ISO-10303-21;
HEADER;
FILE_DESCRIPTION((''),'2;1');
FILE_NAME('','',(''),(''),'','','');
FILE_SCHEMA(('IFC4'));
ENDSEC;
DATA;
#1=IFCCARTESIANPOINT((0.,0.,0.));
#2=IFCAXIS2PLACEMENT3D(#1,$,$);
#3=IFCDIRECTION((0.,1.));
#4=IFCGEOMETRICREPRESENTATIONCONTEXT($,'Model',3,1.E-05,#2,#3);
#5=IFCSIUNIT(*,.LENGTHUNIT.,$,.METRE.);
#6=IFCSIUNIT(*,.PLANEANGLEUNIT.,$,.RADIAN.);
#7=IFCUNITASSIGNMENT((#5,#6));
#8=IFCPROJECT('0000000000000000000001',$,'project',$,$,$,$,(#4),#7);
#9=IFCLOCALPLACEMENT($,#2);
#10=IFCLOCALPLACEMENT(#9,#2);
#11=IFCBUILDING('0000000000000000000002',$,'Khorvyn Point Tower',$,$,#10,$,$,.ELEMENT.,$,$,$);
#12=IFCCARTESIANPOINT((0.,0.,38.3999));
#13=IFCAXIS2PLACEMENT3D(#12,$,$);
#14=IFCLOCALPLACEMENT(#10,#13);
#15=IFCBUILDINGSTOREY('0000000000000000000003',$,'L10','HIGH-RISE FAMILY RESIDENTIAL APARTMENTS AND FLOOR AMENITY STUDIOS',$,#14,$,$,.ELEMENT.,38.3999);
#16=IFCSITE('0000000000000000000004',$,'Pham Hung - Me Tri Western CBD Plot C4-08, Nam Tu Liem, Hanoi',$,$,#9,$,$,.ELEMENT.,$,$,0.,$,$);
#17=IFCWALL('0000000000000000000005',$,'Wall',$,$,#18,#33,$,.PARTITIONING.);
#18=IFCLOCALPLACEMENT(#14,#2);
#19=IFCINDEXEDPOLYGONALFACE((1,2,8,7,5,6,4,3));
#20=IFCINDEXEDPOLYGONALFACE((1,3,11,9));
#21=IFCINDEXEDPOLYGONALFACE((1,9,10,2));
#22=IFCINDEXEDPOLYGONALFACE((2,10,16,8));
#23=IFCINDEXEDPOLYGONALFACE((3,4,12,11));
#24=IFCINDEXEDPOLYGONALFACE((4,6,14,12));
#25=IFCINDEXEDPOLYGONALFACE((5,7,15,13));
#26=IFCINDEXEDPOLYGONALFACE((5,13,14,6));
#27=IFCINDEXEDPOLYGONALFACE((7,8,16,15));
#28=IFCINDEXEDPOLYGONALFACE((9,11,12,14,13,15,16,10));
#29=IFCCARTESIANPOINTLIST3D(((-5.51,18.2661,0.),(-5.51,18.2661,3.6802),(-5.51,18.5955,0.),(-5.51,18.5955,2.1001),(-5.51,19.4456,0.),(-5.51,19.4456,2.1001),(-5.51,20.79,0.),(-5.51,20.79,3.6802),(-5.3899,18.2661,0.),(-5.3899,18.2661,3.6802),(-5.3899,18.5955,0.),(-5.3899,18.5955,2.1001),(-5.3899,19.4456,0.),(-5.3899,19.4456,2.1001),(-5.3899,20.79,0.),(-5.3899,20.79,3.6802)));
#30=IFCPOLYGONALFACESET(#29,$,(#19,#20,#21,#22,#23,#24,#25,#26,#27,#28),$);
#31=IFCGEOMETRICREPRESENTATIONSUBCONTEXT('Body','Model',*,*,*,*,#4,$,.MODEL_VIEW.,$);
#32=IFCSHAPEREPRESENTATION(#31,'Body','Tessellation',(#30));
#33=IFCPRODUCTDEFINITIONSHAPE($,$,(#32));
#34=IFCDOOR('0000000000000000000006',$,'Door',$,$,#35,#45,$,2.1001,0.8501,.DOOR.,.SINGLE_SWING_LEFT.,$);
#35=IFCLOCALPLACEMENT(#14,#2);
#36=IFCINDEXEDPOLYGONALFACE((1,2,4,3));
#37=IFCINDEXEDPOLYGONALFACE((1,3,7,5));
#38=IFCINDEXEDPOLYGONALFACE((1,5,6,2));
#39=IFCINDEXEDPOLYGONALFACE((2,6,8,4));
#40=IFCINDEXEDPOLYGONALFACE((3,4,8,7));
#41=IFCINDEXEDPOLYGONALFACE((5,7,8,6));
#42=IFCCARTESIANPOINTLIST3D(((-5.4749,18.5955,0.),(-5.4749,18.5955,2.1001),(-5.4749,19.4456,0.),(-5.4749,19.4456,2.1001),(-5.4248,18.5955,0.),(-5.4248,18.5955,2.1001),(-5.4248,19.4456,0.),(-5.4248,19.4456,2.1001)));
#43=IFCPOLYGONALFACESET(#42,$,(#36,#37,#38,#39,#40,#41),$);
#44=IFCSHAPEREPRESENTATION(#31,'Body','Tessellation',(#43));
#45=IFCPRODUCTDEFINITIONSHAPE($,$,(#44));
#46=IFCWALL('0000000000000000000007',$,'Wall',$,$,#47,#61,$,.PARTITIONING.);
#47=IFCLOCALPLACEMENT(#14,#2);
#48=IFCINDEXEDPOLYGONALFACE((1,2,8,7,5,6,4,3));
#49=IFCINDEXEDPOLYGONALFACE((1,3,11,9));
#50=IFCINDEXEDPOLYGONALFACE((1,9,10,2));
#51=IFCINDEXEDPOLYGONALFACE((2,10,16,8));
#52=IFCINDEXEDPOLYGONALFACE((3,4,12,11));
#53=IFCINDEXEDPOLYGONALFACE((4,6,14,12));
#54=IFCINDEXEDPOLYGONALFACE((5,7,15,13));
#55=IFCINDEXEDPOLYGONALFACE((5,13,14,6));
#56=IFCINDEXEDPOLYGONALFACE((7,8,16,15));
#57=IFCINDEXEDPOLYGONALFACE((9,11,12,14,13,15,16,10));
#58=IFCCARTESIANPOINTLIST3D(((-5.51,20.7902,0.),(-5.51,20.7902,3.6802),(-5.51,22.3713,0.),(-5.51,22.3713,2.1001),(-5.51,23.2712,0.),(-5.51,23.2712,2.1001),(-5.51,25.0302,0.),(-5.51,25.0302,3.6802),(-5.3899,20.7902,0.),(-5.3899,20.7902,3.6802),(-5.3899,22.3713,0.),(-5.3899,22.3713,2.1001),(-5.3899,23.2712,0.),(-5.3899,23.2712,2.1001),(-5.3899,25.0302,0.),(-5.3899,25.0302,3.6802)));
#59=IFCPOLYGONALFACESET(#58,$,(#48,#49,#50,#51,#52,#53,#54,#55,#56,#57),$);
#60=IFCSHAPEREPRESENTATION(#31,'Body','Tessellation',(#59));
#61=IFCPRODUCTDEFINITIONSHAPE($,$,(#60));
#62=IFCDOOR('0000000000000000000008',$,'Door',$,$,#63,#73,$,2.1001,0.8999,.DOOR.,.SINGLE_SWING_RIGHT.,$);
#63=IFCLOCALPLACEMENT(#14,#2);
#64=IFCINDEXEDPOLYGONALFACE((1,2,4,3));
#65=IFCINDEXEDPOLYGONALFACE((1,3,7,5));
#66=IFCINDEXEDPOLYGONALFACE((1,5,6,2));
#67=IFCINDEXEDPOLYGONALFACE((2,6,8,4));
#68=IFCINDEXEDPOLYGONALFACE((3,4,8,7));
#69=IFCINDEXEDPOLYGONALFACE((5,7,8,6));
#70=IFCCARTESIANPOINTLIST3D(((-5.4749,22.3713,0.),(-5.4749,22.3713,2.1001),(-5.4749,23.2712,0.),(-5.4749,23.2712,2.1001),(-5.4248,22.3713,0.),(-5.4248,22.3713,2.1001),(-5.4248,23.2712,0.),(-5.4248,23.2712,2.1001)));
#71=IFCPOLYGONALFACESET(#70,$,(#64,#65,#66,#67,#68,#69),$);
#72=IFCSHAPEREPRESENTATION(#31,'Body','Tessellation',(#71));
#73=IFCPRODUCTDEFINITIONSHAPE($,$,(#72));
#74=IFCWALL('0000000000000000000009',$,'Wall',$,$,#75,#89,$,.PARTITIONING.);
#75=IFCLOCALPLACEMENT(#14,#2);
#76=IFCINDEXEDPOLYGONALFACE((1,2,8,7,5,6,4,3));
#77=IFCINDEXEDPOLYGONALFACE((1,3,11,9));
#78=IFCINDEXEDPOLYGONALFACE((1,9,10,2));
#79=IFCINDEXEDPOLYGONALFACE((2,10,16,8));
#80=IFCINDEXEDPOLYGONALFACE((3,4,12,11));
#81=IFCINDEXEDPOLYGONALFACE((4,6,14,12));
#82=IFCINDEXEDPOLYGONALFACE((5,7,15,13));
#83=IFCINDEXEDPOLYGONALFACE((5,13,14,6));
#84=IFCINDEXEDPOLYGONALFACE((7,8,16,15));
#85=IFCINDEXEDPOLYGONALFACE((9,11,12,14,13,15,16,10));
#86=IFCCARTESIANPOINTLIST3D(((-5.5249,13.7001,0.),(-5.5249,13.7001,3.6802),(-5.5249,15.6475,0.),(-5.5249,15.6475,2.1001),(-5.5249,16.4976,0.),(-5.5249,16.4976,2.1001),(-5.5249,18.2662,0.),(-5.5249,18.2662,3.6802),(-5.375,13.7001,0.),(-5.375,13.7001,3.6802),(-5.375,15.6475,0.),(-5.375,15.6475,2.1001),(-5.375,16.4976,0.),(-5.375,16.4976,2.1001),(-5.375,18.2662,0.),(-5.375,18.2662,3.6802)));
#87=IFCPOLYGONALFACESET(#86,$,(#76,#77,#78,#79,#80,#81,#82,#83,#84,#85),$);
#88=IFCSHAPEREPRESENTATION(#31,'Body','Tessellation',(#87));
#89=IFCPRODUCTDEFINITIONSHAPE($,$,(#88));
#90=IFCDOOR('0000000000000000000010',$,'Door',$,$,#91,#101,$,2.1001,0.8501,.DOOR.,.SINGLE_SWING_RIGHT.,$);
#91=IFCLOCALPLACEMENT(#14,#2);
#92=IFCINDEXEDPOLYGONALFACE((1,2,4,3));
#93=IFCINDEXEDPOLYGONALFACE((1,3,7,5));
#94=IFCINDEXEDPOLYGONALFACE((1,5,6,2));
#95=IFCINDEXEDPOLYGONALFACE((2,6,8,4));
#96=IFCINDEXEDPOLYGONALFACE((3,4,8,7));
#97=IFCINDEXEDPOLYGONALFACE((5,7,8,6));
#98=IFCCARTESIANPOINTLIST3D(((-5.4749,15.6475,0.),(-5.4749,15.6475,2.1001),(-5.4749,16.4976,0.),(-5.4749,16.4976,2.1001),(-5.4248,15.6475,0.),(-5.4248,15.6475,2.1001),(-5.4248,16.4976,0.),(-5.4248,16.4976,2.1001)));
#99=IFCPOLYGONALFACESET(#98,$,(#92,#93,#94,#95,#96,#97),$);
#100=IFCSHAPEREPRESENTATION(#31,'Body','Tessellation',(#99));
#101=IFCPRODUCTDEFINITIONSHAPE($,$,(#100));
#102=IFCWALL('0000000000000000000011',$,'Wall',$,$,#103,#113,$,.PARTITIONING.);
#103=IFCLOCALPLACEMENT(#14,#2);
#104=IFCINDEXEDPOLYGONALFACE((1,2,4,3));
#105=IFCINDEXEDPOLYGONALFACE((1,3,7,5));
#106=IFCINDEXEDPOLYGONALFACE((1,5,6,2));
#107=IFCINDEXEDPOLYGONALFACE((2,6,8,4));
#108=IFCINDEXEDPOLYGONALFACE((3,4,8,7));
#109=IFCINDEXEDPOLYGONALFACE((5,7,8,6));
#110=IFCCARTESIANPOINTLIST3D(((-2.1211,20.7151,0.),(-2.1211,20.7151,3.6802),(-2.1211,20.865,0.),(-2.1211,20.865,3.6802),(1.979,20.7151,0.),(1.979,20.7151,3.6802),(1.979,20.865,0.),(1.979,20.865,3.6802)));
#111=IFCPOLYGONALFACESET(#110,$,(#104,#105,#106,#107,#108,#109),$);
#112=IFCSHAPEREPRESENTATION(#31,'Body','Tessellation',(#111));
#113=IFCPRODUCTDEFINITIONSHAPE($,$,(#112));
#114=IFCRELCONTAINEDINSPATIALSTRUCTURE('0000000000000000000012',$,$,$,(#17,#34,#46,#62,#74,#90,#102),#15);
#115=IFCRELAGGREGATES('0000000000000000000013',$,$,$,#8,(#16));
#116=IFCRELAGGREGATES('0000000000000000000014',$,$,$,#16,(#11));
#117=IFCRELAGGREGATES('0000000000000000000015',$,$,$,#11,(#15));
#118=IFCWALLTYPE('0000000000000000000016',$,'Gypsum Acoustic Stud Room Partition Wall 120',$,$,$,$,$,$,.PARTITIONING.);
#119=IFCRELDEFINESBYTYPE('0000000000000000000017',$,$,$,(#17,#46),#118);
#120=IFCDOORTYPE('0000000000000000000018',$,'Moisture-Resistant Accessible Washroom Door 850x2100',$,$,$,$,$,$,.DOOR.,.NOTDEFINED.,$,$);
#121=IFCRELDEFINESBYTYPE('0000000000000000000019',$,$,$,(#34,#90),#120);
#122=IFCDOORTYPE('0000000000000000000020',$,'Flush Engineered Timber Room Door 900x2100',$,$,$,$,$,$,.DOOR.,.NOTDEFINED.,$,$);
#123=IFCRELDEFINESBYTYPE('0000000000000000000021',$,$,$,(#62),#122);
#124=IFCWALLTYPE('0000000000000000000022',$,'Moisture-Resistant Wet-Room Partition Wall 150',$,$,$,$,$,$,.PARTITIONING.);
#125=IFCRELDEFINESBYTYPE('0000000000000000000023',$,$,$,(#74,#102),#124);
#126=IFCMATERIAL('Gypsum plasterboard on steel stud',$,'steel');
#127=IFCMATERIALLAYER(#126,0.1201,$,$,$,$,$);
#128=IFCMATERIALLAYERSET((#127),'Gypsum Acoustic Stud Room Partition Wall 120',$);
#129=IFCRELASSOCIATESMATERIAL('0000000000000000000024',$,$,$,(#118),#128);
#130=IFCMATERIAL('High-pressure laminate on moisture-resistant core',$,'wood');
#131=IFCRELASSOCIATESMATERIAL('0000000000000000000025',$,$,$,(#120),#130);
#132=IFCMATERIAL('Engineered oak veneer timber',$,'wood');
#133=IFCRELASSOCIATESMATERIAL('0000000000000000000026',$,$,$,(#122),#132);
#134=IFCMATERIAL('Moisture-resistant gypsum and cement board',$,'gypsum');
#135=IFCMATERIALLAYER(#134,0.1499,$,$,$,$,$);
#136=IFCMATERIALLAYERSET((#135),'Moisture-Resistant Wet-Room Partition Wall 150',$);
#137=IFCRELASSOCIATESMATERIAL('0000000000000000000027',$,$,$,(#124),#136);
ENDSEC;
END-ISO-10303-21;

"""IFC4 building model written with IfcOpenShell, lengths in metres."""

from ifc_helpers import new_model, si_unit, direction, frame, frame_2d, origin, place, context, subcontext, project, spatial, rectangle, extrude, material, layer, layer_set, type_object, element, fill, save


model = new_model("IFC4")

# Units and contexts
model_context = context("Model", 3, precision=1e-05, world=origin(), true_north=direction((0.0, 1.0)))
body_context = subcontext(model_context, "Body", "Model", "MODEL_VIEW")
ifc_project = project(units=[si_unit("LENGTHUNIT", "METRE"), si_unit("PLANEANGLEUNIT", "RADIAN")], contexts=[model_context])

# Site, building, storey
site_placement = place(None, origin())
site = spatial("IfcSite", under=ifc_project, at=site_placement, Name="Pham Hung - Me Tri Western CBD Plot C4-08, Nam Tu Liem, Hanoi", CompositionType="ELEMENT", RefElevation=0.0)
building_placement = place(site_placement, origin())
building = spatial("IfcBuilding", under=site, at=building_placement, Name="Khorvyn Point Tower", CompositionType="ELEMENT")
storey_placement = place(building_placement, frame((0.0, 0.0, 38.3999)))
storey = spatial("IfcBuildingStorey", under=building, at=storey_placement, Name="L10", Description="HIGH-RISE FAMILY RESIDENTIAL APARTMENTS AND FLOOR AMENITY STUDIOS", CompositionType="ELEMENT", Elevation=38.3999)

# Walls, openings, doors
ifc_material_1 = material(Name="Gypsum plasterboard on steel stud", Category="steel")
ifc_layer_1 = layer(ifc_material_1, 0.1201)
ifc_layer_set_1 = layer_set([ifc_layer_1], Name="Gypsum Acoustic Stud Room Partition Wall 120")
wall_type_1 = type_object("IfcWallType", Name="Gypsum Acoustic Stud Room Partition Wall 120", PredefinedType="PARTITIONING", material=ifc_layer_set_1)
wall_1_placement = place(storey_placement, frame((-5.45, 18.2661, 0.0), z_axis=(0.0, 0.0, 1.0), x_axis=(0.0, 1.0, 0.0)))
wall_1 = element("IfcWall", 1, at=wall_1_placement, inside=storey, type_object=wall_type_1, Name="Wall", PredefinedType="PARTITIONING", context=body_context, shape_type="SweptSolid", body=[
    extrude(rectangle(XDim=2.5239, YDim=0.1201, at=frame_2d((1.262, 0.0))), origin(), (0.0, 0.0, 1.0), 3.6802),
])
opening_1_placement = place(wall_1_placement, frame((0.3293, 0.0, 0.0)))
opening_1 = element("IfcOpeningElement", 2, at=opening_1_placement, cuts=wall_1, PredefinedType="OPENING", context=body_context, shape_type="SweptSolid", body=[
    extrude(rectangle(XDim=0.8501, YDim=2.1001, at=frame_2d((0.425, 1.05))), frame((0.0, 0.0701, 0.0), z_axis=(0.0, -1.0, 0.0), x_axis=(1.0, 0.0, 0.0)), (0.0, 0.0, 1.0), 0.1401),
])
ifc_material_2 = material(Name="High-pressure laminate on moisture-resistant core", Category="wood")
door_type_1 = type_object("IfcDoorType", Name="Moisture-Resistant Accessible Washroom Door 850x2100", OperationType="NOTDEFINED", PredefinedType="DOOR", material=ifc_material_2)
door_1_placement = place(opening_1_placement, origin())
door_1 = element("IfcDoor", 3, at=door_1_placement, inside=storey, type_object=door_type_1, Name="Door", OperationType="SINGLE_SWING_LEFT", OverallHeight=2.1001, OverallWidth=0.8501, PredefinedType="DOOR", context=body_context, shape_type="SweptSolid", body=[
    extrude(rectangle(XDim=0.8501, YDim=2.1001, at=frame_2d((0.425, 1.05))), frame((0.0, 0.0249, 0.0), z_axis=(0.0, -1.0, 0.0), x_axis=(1.0, 0.0, 0.0)), (0.0, 0.0, 1.0), 0.05),
])
fill(opening_1, door_1)
wall_2_placement = place(storey_placement, frame((-5.45, 20.79, 0.0), z_axis=(0.0, 0.0, 1.0), x_axis=(0.0, 1.0, 0.0)))
wall_2 = element("IfcWall", 4, at=wall_2_placement, inside=storey, type_object=wall_type_1, Name="Wall", PredefinedType="PARTITIONING", context=body_context, shape_type="SweptSolid", body=[
    extrude(rectangle(XDim=4.24, YDim=0.1201, at=frame_2d((2.1201, 0.0))), origin(), (0.0, 0.0, 1.0), 3.6802),
])
opening_2_placement = place(wall_2_placement, frame((1.5813, 0.0, 0.0)))
opening_2 = element("IfcOpeningElement", 5, at=opening_2_placement, cuts=wall_2, PredefinedType="OPENING", context=body_context, shape_type="SweptSolid", body=[
    extrude(rectangle(XDim=0.8999, YDim=2.1001, at=frame_2d((0.45, 1.05))), frame((0.0, 0.0701, 0.0), z_axis=(0.0, -1.0, 0.0), x_axis=(1.0, 0.0, 0.0)), (0.0, 0.0, 1.0), 0.1401),
])
ifc_material_3 = material(Name="Engineered oak veneer timber", Category="wood")
door_type_2 = type_object("IfcDoorType", Name="Flush Engineered Timber Room Door 900x2100", OperationType="NOTDEFINED", PredefinedType="DOOR", material=ifc_material_3)
door_2_placement = place(opening_2_placement, origin())
door_2 = element("IfcDoor", 6, at=door_2_placement, inside=storey, type_object=door_type_2, Name="Door", OperationType="SINGLE_SWING_RIGHT", OverallHeight=2.1001, OverallWidth=0.8999, PredefinedType="DOOR", context=body_context, shape_type="SweptSolid", body=[
    extrude(rectangle(XDim=0.8999, YDim=2.1001, at=frame_2d((0.45, 1.05))), frame((0.0, 0.0249, 0.0), z_axis=(0.0, -1.0, 0.0), x_axis=(1.0, 0.0, 0.0)), (0.0, 0.0, 1.0), 0.05),
])
fill(opening_2, door_2)
ifc_material_4 = material(Name="Moisture-resistant gypsum and cement board", Category="gypsum")
ifc_layer_2 = layer(ifc_material_4, 0.1499)
ifc_layer_set_2 = layer_set([ifc_layer_2], Name="Moisture-Resistant Wet-Room Partition Wall 150")
wall_type_2 = type_object("IfcWallType", Name="Moisture-Resistant Wet-Room Partition Wall 150", PredefinedType="PARTITIONING", material=ifc_layer_set_2)
wall_3_placement = place(storey_placement, frame((-5.45, 13.7, 0.0), z_axis=(0.0, 0.0, 1.0), x_axis=(0.0, 1.0, 0.0)))
wall_3 = element("IfcWall", 7, at=wall_3_placement, inside=storey, type_object=wall_type_2, Name="Wall", PredefinedType="PARTITIONING", context=body_context, shape_type="SweptSolid", body=[
    extrude(rectangle(XDim=4.5662, YDim=0.1499, at=frame_2d((2.2832, 0.0))), origin(), (0.0, 0.0, 1.0), 3.6802),
])
opening_3_placement = place(wall_3_placement, frame((1.9475, 0.0, 0.0)))
opening_3 = element("IfcOpeningElement", 8, at=opening_3_placement, cuts=wall_3, PredefinedType="OPENING", context=body_context, shape_type="SweptSolid", body=[
    extrude(rectangle(XDim=0.8501, YDim=2.1001, at=frame_2d((0.425, 1.05))), frame((0.0, 0.085, 0.0), z_axis=(0.0, -1.0, 0.0), x_axis=(1.0, 0.0, 0.0)), (0.0, 0.0, 1.0), 0.1699),
])
door_3_placement = place(opening_3_placement, origin())
door_3 = element("IfcDoor", 9, at=door_3_placement, inside=storey, type_object=door_type_1, Name="Door", OperationType="SINGLE_SWING_RIGHT", OverallHeight=2.1001, OverallWidth=0.8501, PredefinedType="DOOR", context=body_context, shape_type="SweptSolid", body=[
    extrude(rectangle(XDim=0.8501, YDim=2.1001, at=frame_2d((0.425, 1.05))), frame((0.0, 0.0249, 0.0), z_axis=(0.0, -1.0, 0.0), x_axis=(1.0, 0.0, 0.0)), (0.0, 0.0, 1.0), 0.05),
])
fill(opening_3, door_3)

# Wall
wall_4_placement = place(storey_placement, frame((-2.1211, 20.79, 0.0), z_axis=(0.0, 0.0, 1.0), x_axis=(1.0, 0.0, 0.0)))
element("IfcWall", 10, at=wall_4_placement, inside=storey, type_object=wall_type_2, Name="Wall", PredefinedType="PARTITIONING", context=body_context, shape_type="SweptSolid", body=[
    extrude(rectangle(XDim=4.1001, YDim=0.1499, at=frame_2d((2.05, 0.0))), origin(), (0.0, 0.0, 1.0), 3.6802),
])

save(model, "model.ifc")
